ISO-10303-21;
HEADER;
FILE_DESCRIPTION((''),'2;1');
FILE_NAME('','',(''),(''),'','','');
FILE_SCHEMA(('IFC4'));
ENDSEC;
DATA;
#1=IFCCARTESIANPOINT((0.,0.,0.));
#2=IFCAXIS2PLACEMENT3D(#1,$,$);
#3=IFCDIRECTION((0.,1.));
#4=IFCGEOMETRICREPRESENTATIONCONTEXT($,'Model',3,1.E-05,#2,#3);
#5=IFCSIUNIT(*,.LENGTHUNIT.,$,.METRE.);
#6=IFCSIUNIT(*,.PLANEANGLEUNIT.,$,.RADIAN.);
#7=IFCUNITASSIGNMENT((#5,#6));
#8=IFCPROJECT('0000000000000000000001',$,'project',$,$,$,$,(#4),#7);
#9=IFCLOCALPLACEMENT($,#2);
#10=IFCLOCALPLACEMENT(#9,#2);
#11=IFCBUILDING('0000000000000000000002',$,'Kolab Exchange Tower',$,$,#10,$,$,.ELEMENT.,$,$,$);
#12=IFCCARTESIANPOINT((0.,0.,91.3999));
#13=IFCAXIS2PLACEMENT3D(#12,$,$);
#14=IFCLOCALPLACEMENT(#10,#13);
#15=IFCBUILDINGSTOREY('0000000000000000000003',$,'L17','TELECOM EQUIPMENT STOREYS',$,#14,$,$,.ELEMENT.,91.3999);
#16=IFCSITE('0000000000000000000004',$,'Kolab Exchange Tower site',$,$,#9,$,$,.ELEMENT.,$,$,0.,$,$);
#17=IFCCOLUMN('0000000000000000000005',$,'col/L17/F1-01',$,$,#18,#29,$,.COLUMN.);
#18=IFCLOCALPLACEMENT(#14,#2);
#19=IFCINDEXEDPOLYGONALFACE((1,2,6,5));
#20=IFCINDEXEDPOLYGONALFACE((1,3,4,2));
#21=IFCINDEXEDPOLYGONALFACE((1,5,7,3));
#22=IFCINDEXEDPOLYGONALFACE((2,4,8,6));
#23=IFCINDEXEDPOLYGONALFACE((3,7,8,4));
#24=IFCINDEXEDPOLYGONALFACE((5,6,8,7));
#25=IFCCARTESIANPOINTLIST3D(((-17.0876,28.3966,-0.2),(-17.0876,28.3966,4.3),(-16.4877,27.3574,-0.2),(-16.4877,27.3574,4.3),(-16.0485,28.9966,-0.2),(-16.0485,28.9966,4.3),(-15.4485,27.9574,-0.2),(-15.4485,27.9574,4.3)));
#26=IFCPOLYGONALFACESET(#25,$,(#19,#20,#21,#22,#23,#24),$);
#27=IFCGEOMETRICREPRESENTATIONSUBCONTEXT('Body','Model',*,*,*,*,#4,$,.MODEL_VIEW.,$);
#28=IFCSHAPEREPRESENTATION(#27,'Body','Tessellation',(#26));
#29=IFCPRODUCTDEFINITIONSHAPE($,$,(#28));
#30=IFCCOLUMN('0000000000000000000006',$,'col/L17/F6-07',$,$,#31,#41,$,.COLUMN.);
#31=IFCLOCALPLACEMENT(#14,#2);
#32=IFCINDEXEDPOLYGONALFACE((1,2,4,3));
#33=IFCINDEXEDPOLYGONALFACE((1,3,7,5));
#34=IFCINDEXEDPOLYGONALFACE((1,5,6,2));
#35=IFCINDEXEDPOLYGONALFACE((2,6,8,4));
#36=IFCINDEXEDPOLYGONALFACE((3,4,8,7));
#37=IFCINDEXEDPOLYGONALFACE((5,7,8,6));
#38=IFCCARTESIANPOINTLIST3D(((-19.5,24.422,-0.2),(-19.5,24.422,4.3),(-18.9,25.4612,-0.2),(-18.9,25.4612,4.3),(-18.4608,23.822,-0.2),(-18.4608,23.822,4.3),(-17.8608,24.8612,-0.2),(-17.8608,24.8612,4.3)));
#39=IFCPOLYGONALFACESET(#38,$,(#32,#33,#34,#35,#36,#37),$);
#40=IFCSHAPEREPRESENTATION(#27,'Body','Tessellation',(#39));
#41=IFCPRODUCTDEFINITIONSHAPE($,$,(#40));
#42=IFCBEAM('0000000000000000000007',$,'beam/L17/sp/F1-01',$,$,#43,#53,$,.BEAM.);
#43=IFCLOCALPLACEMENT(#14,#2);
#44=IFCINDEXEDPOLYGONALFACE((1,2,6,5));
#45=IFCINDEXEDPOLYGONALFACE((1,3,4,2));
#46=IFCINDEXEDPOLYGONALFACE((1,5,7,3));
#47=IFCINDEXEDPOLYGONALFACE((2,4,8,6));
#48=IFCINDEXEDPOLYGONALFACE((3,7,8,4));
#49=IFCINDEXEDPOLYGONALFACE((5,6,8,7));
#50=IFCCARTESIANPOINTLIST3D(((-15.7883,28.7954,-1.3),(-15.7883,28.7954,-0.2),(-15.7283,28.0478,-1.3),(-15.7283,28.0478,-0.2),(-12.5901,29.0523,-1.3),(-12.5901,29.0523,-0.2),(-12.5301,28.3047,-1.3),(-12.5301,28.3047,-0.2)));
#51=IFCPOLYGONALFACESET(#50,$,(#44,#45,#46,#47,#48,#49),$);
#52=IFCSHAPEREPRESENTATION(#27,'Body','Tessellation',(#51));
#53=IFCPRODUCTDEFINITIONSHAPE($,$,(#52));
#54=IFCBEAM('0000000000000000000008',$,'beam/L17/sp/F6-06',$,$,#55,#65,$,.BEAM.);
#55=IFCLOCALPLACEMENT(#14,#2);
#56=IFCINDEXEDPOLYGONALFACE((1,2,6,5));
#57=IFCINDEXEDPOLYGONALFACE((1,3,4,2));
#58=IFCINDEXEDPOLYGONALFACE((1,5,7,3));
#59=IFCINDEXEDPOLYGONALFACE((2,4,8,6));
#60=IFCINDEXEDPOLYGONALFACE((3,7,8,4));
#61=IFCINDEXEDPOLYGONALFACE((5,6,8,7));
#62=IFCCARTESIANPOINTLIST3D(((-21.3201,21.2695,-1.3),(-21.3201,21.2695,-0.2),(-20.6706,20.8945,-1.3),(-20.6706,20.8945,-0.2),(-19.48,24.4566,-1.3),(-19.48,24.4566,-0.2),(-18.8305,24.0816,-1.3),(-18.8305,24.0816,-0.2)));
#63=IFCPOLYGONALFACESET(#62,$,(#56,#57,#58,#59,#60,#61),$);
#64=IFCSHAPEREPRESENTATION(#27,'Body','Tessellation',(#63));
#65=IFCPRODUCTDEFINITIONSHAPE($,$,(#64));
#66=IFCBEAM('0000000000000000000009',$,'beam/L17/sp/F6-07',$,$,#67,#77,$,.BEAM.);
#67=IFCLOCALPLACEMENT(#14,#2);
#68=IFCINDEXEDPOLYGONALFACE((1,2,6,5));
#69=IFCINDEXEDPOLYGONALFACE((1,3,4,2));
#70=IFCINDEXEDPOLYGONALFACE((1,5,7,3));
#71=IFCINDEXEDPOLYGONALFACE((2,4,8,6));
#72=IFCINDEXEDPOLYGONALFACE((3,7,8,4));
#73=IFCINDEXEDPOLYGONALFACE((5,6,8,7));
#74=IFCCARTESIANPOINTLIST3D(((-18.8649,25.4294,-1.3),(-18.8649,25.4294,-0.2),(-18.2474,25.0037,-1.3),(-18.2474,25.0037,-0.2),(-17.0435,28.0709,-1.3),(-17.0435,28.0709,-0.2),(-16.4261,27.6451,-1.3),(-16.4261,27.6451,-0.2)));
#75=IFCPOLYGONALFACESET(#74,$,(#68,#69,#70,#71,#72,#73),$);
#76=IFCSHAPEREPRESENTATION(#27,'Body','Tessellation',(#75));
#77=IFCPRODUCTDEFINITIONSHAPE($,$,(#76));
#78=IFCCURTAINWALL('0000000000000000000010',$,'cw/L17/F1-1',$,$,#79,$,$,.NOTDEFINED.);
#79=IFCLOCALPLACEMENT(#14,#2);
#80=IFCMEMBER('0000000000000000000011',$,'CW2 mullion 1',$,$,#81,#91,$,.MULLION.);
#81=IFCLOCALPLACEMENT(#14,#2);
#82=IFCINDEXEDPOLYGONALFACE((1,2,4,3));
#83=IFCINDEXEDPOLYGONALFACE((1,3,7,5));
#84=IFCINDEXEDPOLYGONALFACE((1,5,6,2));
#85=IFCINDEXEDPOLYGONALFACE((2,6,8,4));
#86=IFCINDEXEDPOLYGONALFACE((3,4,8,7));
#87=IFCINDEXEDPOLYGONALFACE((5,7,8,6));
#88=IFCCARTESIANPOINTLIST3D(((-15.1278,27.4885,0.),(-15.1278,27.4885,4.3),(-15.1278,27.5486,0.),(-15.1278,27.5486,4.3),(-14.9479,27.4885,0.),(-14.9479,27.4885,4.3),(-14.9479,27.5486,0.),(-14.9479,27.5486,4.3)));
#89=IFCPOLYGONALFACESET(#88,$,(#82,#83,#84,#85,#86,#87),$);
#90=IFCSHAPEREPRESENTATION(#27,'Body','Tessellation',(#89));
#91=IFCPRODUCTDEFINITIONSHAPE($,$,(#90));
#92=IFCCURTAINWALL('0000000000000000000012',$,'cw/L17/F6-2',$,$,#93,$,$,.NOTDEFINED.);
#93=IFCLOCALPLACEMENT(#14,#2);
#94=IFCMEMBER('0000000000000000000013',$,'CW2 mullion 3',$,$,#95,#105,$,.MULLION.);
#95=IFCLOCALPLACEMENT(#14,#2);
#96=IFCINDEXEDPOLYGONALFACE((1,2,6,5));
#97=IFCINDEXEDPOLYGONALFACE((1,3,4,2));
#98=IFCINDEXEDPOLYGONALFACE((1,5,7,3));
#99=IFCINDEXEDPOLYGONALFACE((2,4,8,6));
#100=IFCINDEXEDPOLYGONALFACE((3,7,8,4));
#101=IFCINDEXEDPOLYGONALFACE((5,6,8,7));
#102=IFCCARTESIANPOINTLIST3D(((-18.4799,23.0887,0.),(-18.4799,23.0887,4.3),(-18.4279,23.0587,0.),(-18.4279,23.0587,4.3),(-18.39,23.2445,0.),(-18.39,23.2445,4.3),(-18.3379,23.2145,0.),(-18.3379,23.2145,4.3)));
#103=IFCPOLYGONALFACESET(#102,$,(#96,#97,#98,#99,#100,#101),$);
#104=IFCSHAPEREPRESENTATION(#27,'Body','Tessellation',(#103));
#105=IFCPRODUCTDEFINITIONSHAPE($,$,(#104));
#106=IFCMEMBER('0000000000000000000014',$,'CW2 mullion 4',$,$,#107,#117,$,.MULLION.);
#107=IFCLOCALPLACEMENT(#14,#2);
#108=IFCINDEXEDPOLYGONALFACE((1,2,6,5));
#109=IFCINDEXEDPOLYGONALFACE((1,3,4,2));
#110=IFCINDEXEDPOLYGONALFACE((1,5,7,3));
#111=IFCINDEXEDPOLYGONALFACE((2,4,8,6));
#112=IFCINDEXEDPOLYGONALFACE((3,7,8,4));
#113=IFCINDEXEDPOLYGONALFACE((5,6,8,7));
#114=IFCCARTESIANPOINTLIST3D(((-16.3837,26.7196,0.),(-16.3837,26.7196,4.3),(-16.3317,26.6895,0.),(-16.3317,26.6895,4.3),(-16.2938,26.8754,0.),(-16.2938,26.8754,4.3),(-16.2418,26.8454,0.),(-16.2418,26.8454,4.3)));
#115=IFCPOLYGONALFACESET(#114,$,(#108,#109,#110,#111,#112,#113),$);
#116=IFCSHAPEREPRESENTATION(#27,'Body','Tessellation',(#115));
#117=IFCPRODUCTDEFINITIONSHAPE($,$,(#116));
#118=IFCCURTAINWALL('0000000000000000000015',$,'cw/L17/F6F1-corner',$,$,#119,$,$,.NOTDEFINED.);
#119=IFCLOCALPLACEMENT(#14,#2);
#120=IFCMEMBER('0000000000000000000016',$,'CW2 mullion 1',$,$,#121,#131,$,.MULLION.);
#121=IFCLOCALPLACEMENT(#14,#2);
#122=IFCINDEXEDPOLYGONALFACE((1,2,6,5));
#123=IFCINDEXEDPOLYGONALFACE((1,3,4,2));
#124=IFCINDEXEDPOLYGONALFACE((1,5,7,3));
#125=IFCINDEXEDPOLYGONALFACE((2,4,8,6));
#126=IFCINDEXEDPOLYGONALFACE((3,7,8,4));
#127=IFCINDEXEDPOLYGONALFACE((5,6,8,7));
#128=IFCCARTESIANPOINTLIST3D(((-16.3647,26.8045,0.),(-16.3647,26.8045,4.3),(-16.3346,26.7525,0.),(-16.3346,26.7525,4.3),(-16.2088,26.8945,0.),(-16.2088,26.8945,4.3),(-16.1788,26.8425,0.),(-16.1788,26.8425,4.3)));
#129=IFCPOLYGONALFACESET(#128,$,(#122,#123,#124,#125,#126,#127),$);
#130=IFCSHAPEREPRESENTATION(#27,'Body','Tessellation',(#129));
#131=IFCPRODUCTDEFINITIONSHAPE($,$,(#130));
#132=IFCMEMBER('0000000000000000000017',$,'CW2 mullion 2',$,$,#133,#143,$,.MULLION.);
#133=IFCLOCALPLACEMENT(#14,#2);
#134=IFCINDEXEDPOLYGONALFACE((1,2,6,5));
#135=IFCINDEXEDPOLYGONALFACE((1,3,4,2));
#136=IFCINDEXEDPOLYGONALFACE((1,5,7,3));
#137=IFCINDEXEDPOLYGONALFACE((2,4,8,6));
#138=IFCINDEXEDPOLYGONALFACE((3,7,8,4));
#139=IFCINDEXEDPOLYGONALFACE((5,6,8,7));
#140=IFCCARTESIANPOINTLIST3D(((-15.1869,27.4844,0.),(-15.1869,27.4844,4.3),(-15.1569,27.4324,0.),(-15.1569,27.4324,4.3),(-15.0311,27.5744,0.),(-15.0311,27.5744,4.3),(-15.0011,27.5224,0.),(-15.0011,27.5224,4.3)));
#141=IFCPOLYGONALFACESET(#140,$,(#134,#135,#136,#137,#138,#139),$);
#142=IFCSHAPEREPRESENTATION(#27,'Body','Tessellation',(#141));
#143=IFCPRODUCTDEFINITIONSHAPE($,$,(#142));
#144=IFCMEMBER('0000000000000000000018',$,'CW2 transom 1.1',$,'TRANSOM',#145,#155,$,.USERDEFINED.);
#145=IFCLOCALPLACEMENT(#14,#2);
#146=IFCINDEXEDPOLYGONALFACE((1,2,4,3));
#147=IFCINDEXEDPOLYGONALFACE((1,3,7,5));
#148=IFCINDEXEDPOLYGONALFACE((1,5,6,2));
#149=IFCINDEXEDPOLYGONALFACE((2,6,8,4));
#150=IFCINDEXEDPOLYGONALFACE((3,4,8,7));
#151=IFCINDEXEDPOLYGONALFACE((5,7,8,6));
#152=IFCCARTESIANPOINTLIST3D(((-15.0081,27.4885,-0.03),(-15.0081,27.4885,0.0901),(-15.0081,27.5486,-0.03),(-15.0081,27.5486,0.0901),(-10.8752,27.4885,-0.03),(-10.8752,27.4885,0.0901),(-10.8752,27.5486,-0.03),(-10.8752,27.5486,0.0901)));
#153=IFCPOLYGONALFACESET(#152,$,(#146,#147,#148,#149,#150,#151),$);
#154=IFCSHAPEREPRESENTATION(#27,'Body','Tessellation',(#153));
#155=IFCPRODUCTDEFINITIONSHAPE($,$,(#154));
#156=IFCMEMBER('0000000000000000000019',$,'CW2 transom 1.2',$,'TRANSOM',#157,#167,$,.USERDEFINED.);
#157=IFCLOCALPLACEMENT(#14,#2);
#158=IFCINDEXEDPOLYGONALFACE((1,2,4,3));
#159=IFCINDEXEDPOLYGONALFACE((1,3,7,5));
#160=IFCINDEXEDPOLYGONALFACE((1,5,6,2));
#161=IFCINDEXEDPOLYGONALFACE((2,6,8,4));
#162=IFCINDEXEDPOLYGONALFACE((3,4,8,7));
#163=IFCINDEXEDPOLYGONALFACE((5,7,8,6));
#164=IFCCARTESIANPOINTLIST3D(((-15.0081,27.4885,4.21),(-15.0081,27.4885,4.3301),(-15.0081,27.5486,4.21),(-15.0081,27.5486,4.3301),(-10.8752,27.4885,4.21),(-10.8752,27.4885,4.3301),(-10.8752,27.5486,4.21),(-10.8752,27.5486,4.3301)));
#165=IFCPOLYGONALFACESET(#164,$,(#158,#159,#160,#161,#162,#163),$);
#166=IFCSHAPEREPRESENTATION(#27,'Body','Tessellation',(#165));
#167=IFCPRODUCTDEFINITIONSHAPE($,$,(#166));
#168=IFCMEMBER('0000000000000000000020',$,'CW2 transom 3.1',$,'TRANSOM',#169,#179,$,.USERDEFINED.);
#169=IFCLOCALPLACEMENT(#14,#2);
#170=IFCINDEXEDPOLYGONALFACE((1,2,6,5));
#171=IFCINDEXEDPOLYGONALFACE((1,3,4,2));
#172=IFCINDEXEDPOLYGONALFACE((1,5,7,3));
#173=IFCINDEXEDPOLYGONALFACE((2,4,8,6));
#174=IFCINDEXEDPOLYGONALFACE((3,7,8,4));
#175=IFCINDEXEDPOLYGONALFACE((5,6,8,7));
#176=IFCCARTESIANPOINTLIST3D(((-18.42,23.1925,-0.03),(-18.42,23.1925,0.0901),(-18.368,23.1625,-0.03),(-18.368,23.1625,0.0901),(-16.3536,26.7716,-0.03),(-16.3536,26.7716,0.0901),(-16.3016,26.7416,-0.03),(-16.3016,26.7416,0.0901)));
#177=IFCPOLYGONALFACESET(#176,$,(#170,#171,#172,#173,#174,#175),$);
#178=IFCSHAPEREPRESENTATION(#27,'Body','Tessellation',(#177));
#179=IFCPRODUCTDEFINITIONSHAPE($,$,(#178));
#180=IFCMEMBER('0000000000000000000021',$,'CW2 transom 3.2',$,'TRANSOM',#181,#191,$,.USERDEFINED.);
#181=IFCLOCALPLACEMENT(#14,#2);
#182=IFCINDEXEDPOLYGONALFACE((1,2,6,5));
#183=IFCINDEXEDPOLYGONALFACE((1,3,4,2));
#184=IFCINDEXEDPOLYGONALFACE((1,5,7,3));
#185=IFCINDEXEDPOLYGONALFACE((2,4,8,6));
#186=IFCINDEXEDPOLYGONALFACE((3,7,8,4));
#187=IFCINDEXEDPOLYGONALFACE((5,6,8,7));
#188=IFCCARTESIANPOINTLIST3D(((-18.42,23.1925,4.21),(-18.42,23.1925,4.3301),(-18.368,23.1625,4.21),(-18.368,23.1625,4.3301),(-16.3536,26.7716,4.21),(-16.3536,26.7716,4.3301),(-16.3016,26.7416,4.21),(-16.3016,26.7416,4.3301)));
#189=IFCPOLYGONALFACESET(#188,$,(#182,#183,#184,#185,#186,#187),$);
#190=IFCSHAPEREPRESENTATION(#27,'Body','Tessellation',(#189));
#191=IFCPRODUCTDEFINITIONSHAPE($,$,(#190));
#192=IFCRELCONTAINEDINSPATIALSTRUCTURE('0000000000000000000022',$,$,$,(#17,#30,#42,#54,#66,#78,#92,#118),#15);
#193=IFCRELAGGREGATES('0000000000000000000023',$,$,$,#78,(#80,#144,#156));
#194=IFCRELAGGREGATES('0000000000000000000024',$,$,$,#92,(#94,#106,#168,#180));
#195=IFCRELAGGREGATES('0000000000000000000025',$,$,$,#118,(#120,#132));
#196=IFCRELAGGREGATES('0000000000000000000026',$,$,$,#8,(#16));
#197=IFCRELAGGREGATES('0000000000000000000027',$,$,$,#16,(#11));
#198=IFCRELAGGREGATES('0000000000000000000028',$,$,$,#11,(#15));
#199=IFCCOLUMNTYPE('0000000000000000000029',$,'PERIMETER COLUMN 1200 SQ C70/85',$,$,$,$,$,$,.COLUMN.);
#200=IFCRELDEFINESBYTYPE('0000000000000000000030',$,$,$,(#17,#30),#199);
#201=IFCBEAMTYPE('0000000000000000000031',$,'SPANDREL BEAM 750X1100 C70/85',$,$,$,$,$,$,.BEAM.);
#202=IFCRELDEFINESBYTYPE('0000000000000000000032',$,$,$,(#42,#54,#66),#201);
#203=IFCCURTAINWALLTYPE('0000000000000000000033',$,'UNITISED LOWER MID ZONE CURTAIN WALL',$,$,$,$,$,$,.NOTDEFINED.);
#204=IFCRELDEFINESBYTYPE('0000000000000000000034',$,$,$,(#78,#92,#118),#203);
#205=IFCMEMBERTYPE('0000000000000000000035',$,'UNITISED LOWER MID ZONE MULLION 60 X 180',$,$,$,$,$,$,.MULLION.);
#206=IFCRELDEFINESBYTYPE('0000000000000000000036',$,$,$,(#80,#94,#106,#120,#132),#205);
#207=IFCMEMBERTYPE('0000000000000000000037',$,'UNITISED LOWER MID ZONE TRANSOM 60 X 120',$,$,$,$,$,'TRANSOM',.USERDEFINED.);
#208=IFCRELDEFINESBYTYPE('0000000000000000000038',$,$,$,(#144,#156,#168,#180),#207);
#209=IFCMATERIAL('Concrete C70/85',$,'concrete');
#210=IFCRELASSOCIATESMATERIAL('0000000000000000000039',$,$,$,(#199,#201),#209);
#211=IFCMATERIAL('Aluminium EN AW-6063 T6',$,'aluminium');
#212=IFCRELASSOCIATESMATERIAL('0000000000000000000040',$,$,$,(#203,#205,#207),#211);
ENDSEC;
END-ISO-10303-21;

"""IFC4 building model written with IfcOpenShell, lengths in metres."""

from ifc_helpers import new_model, si_unit, direction, frame, origin, origin_2d, place, context, subcontext, project, spatial, rectangle, extrude, material, material_profile, profile_set, type_object, element, aggregate, save


model = new_model("IFC4")

# Units and contexts
model_context = context("Model", 3, precision=1e-05, world=origin(), true_north=direction((0.0, 1.0)))
body_context = subcontext(model_context, "Body", "Model", "MODEL_VIEW")
ifc_project = project(units=[si_unit("LENGTHUNIT", "METRE"), si_unit("PLANEANGLEUNIT", "RADIAN")], contexts=[model_context])

# Site, building, storey
site_placement = place(None, origin())
site = spatial("IfcSite", under=ifc_project, at=site_placement, Name="Kolab Exchange Tower site", CompositionType="ELEMENT", RefElevation=0.0)
building_placement = place(site_placement, origin())
building = spatial("IfcBuilding", under=site, at=building_placement, Name="Kolab Exchange Tower", CompositionType="ELEMENT")
storey_placement = place(building_placement, frame((0.0, 0.0, 91.3999)))
storey = spatial("IfcBuildingStorey", under=building, at=storey_placement, Name="L17", Description="TELECOM EQUIPMENT STOREYS", CompositionType="ELEMENT", Elevation=91.3999)

# Columns
ifc_material_1 = material(Name="Concrete C70/85", Category="concrete")
ifc_material_profile_1 = material_profile(ifc_material_1, rectangle(XDim=1.2, YDim=1.2, at=origin_2d()), Name="RC1200")
ifc_profile_set_1 = profile_set([ifc_material_profile_1], Name="Concrete C70/85")
column_type = type_object("IfcColumnType", Name="PERIMETER COLUMN 1200 SQ C70/85", PredefinedType="COLUMN", material=ifc_profile_set_1)
for number, where, z_axis, x_axis, name in (
    (1, (-16.2681, 28.177, -0.2), (0.0, 0.0, 1.0), (0.866025, 0.5, 0.0), "col/L17/F1-01"),
    (2, (-18.6804, 24.6416, -0.2), (0.0, 0.0, 1.0), (0.5, 0.866025, 0.0), "col/L17/F6-07"),
):
    element("IfcColumn", number, at=place(storey_placement, frame(where, z_axis=z_axis, x_axis=x_axis)), inside=storey, type_object=column_type, Name=name, PredefinedType="COLUMN", context=body_context, shape_type="SweptSolid", body=[
        extrude(rectangle(XDim=1.2, YDim=1.2, at=origin_2d()), origin(), (0.0, 0.0, 1.0), 4.5),
    ])

# Beams
ifc_material_profile_2 = material_profile(ifc_material_1, rectangle(XDim=0.75, YDim=1.1001, at=origin_2d()), Name="RC750X1100")
ifc_profile_set_2 = profile_set([ifc_material_profile_2], Name="Concrete C70/85")
beam_type = type_object("IfcBeamType", Name="SPANDREL BEAM 750X1100 C70/85", PredefinedType="BEAM", material=ifc_profile_set_2)
beam_1_placement = place(storey_placement, frame((-15.7583, 28.4216, -0.75), z_axis=(0.996791, 0.080048, 0.0), x_axis=(-0.080048, 0.996791, 0.0)))
element("IfcBeam", 3, at=beam_1_placement, inside=storey, type_object=beam_type, Name="beam/L17/sp/F1-01", PredefinedType="BEAM", context=body_context, shape_type="SweptSolid", body=[
    extrude(rectangle(XDim=0.75, YDim=1.1001, at=origin_2d()), origin(), (0.0, 0.0, 1.0), 3.2085),
])
beam_2_placement = place(storey_placement, frame((-20.9954, 21.082, -0.75), z_axis=(0.500013, 0.866018, 0.0), x_axis=(-0.866018, 0.500013, 0.0)))
element("IfcBeam", 4, at=beam_2_placement, inside=storey, type_object=beam_type, Name="beam/L17/sp/F6-06", PredefinedType="BEAM", context=body_context, shape_type="SweptSolid", body=[
    extrude(rectangle(XDim=0.75, YDim=1.1001, at=origin_2d()), origin(), (0.0, 0.0, 1.0), 3.6802),
])
beam_3_placement = place(storey_placement, frame((-18.5562, 25.2166, -0.75), z_axis=(0.567662, 0.823262, 0.0), x_axis=(-0.823262, 0.567662, 0.0)))
element("IfcBeam", 5, at=beam_3_placement, inside=storey, type_object=beam_type, Name="beam/L17/sp/F6-07", PredefinedType="BEAM", context=body_context, shape_type="SweptSolid", body=[
    extrude(rectangle(XDim=0.75, YDim=1.1001, at=origin_2d()), origin(), (0.0, 0.0, 1.0), 3.2085),
])

# Curtain wall, member
ifc_material_2 = material(Name="Aluminium EN AW-6063 T6", Category="aluminium")
curtain_wall_type = type_object("IfcCurtainWallType", Name="UNITISED LOWER MID ZONE CURTAIN WALL", PredefinedType="NOTDEFINED", material=ifc_material_2)
curtain_wall_1_placement = place(storey_placement, origin())
curtain_wall_1 = element("IfcCurtainWall", 6, at=curtain_wall_1_placement, inside=storey, type_object=curtain_wall_type, Name="cw/L17/F1-1", PredefinedType="NOTDEFINED")
ifc_material_profile_3 = material_profile(ifc_material_2, rectangle(XDim=0.0601, YDim=0.1799, at=origin_2d()), Name="RECT 60X180")
ifc_profile_set_3 = profile_set([ifc_material_profile_3], Name="Aluminium EN AW-6063 T6")
member_type_1 = type_object("IfcMemberType", Name="UNITISED LOWER MID ZONE MULLION 60 X 180", PredefinedType="MULLION", material=ifc_profile_set_3)
member_1_placement = place(storey_placement, frame((-15.0378, 27.5186, 0.0), z_axis=(0.0, 0.0, 1.0), x_axis=(0.0, 1.0, 0.0)))
member_1 = element("IfcMember", 7, at=member_1_placement, type_object=member_type_1, Name="CW2 mullion 1", PredefinedType="MULLION", context=body_context, shape_type="SweptSolid", body=[
    extrude(rectangle(XDim=0.0601, YDim=0.1799, at=origin_2d()), origin(), (0.0, 0.0, 1.0), 4.3),
])

# Curtain walls, members
curtain_wall_2_placement = place(storey_placement, origin())
curtain_wall_2 = element("IfcCurtainWall", 8, at=curtain_wall_2_placement, inside=storey, type_object=curtain_wall_type, Name="cw/L17/F6-2", PredefinedType="NOTDEFINED")
member_2_placement = place(storey_placement, frame((-18.4089, 23.1516, 0.0), z_axis=(0.0, 0.0, 1.0), x_axis=(-0.866025, 0.5, 0.0)))
member_2 = element("IfcMember", 9, at=member_2_placement, type_object=member_type_1, Name="CW2 mullion 3", PredefinedType="MULLION", context=body_context, shape_type="SweptSolid", body=[
    extrude(rectangle(XDim=0.0601, YDim=0.1799, at=origin_2d()), origin(), (0.0, 0.0, 1.0), 4.3),
])
member_3_placement = place(storey_placement, frame((-16.3127, 26.7825, 0.0), z_axis=(0.0, 0.0, 1.0), x_axis=(-0.866025, 0.5, 0.0)))
member_3 = element("IfcMember", 10, at=member_3_placement, type_object=member_type_1, Name="CW2 mullion 4", PredefinedType="MULLION", context=body_context, shape_type="SweptSolid", body=[
    extrude(rectangle(XDim=0.0601, YDim=0.1799, at=origin_2d()), origin(), (0.0, 0.0, 1.0), 4.3),
])
curtain_wall_3_placement = place(storey_placement, origin())
curtain_wall_3 = element("IfcCurtainWall", 11, at=curtain_wall_3_placement, inside=storey, type_object=curtain_wall_type, Name="cw/L17/F6F1-corner", PredefinedType="NOTDEFINED")
member_4_placement = place(storey_placement, frame((-16.2717, 26.8235, 0.0), z_axis=(0.0, 0.0, 1.0), x_axis=(-0.5, 0.866025, 0.0)))
member_4 = element("IfcMember", 12, at=member_4_placement, type_object=member_type_1, Name="CW2 mullion 1", PredefinedType="MULLION", context=body_context, shape_type="SweptSolid", body=[
    extrude(rectangle(XDim=0.0601, YDim=0.1799, at=origin_2d()), origin(), (0.0, 0.0, 1.0), 4.3),
])
member_5_placement = place(storey_placement, frame((-15.094, 27.5034, 0.0), z_axis=(0.0, 0.0, 1.0), x_axis=(-0.5, 0.866025, 0.0)))
member_5 = element("IfcMember", 13, at=member_5_placement, type_object=member_type_1, Name="CW2 mullion 2", PredefinedType="MULLION", context=body_context, shape_type="SweptSolid", body=[
    extrude(rectangle(XDim=0.0601, YDim=0.1799, at=origin_2d()), origin(), (0.0, 0.0, 1.0), 4.3),
])

# Members
ifc_material_profile_4 = material_profile(ifc_material_2, rectangle(XDim=0.0601, YDim=0.1201, at=origin_2d()), Name="RECT 60X120")
ifc_profile_set_4 = profile_set([ifc_material_profile_4], Name="Aluminium EN AW-6063 T6")
member_type_2 = type_object("IfcMemberType", Name="UNITISED LOWER MID ZONE TRANSOM 60 X 120", ElementType="TRANSOM", PredefinedType="USERDEFINED", material=ifc_profile_set_4)
member_6_placement = place(storey_placement, frame((-15.0081, 27.5186, 0.03), z_axis=(1.0, 0.0, 0.0), x_axis=(0.0, 1.0, 0.0)))
member_6 = element("IfcMember", 14, at=member_6_placement, type_object=member_type_2, Name="CW2 transom 1.1", ObjectType="TRANSOM", PredefinedType="USERDEFINED", context=body_context, shape_type="SweptSolid", body=[
    extrude(rectangle(XDim=0.0601, YDim=0.1201, at=origin_2d()), origin(), (0.0, 0.0, 1.0), 4.1328),
])
member_7_placement = place(storey_placement, frame((-15.0081, 27.5186, 4.27), z_axis=(1.0, 0.0, 0.0), x_axis=(0.0, 1.0, 0.0)))
member_7 = element("IfcMember", 15, at=member_7_placement, type_object=member_type_2, Name="CW2 transom 1.2", ObjectType="TRANSOM", PredefinedType="USERDEFINED", context=body_context, shape_type="SweptSolid", body=[
    extrude(rectangle(XDim=0.0601, YDim=0.1201, at=origin_2d()), origin(), (0.0, 0.0, 1.0), 4.1328),
])
aggregate(curtain_wall_1, [member_1, member_6, member_7])
member_8_placement = place(storey_placement, frame((-18.394, 23.1775, 0.03), z_axis=(0.500002, 0.866024, 0.0), x_axis=(-0.866024, 0.500002, 0.0)))
member_8 = element("IfcMember", 16, at=member_8_placement, type_object=member_type_2, Name="CW2 transom 3.1", ObjectType="TRANSOM", PredefinedType="USERDEFINED", context=body_context, shape_type="SweptSolid", body=[
    extrude(rectangle(XDim=0.0601, YDim=0.1201, at=origin_2d()), origin(), (0.0, 0.0, 1.0), 4.1328),
])
member_9_placement = place(storey_placement, frame((-18.394, 23.1775, 4.27), z_axis=(0.500002, 0.866024, 0.0), x_axis=(-0.866024, 0.500002, 0.0)))
member_9 = element("IfcMember", 17, at=member_9_placement, type_object=member_type_2, Name="CW2 transom 3.2", ObjectType="TRANSOM", PredefinedType="USERDEFINED", context=body_context, shape_type="SweptSolid", body=[
    extrude(rectangle(XDim=0.0601, YDim=0.1201, at=origin_2d()), origin(), (0.0, 0.0, 1.0), 4.1328),
])

aggregate(curtain_wall_2, [member_2, member_3, member_8, member_9])
aggregate(curtain_wall_3, [member_4, member_5])

save(model, "model.ifc")
